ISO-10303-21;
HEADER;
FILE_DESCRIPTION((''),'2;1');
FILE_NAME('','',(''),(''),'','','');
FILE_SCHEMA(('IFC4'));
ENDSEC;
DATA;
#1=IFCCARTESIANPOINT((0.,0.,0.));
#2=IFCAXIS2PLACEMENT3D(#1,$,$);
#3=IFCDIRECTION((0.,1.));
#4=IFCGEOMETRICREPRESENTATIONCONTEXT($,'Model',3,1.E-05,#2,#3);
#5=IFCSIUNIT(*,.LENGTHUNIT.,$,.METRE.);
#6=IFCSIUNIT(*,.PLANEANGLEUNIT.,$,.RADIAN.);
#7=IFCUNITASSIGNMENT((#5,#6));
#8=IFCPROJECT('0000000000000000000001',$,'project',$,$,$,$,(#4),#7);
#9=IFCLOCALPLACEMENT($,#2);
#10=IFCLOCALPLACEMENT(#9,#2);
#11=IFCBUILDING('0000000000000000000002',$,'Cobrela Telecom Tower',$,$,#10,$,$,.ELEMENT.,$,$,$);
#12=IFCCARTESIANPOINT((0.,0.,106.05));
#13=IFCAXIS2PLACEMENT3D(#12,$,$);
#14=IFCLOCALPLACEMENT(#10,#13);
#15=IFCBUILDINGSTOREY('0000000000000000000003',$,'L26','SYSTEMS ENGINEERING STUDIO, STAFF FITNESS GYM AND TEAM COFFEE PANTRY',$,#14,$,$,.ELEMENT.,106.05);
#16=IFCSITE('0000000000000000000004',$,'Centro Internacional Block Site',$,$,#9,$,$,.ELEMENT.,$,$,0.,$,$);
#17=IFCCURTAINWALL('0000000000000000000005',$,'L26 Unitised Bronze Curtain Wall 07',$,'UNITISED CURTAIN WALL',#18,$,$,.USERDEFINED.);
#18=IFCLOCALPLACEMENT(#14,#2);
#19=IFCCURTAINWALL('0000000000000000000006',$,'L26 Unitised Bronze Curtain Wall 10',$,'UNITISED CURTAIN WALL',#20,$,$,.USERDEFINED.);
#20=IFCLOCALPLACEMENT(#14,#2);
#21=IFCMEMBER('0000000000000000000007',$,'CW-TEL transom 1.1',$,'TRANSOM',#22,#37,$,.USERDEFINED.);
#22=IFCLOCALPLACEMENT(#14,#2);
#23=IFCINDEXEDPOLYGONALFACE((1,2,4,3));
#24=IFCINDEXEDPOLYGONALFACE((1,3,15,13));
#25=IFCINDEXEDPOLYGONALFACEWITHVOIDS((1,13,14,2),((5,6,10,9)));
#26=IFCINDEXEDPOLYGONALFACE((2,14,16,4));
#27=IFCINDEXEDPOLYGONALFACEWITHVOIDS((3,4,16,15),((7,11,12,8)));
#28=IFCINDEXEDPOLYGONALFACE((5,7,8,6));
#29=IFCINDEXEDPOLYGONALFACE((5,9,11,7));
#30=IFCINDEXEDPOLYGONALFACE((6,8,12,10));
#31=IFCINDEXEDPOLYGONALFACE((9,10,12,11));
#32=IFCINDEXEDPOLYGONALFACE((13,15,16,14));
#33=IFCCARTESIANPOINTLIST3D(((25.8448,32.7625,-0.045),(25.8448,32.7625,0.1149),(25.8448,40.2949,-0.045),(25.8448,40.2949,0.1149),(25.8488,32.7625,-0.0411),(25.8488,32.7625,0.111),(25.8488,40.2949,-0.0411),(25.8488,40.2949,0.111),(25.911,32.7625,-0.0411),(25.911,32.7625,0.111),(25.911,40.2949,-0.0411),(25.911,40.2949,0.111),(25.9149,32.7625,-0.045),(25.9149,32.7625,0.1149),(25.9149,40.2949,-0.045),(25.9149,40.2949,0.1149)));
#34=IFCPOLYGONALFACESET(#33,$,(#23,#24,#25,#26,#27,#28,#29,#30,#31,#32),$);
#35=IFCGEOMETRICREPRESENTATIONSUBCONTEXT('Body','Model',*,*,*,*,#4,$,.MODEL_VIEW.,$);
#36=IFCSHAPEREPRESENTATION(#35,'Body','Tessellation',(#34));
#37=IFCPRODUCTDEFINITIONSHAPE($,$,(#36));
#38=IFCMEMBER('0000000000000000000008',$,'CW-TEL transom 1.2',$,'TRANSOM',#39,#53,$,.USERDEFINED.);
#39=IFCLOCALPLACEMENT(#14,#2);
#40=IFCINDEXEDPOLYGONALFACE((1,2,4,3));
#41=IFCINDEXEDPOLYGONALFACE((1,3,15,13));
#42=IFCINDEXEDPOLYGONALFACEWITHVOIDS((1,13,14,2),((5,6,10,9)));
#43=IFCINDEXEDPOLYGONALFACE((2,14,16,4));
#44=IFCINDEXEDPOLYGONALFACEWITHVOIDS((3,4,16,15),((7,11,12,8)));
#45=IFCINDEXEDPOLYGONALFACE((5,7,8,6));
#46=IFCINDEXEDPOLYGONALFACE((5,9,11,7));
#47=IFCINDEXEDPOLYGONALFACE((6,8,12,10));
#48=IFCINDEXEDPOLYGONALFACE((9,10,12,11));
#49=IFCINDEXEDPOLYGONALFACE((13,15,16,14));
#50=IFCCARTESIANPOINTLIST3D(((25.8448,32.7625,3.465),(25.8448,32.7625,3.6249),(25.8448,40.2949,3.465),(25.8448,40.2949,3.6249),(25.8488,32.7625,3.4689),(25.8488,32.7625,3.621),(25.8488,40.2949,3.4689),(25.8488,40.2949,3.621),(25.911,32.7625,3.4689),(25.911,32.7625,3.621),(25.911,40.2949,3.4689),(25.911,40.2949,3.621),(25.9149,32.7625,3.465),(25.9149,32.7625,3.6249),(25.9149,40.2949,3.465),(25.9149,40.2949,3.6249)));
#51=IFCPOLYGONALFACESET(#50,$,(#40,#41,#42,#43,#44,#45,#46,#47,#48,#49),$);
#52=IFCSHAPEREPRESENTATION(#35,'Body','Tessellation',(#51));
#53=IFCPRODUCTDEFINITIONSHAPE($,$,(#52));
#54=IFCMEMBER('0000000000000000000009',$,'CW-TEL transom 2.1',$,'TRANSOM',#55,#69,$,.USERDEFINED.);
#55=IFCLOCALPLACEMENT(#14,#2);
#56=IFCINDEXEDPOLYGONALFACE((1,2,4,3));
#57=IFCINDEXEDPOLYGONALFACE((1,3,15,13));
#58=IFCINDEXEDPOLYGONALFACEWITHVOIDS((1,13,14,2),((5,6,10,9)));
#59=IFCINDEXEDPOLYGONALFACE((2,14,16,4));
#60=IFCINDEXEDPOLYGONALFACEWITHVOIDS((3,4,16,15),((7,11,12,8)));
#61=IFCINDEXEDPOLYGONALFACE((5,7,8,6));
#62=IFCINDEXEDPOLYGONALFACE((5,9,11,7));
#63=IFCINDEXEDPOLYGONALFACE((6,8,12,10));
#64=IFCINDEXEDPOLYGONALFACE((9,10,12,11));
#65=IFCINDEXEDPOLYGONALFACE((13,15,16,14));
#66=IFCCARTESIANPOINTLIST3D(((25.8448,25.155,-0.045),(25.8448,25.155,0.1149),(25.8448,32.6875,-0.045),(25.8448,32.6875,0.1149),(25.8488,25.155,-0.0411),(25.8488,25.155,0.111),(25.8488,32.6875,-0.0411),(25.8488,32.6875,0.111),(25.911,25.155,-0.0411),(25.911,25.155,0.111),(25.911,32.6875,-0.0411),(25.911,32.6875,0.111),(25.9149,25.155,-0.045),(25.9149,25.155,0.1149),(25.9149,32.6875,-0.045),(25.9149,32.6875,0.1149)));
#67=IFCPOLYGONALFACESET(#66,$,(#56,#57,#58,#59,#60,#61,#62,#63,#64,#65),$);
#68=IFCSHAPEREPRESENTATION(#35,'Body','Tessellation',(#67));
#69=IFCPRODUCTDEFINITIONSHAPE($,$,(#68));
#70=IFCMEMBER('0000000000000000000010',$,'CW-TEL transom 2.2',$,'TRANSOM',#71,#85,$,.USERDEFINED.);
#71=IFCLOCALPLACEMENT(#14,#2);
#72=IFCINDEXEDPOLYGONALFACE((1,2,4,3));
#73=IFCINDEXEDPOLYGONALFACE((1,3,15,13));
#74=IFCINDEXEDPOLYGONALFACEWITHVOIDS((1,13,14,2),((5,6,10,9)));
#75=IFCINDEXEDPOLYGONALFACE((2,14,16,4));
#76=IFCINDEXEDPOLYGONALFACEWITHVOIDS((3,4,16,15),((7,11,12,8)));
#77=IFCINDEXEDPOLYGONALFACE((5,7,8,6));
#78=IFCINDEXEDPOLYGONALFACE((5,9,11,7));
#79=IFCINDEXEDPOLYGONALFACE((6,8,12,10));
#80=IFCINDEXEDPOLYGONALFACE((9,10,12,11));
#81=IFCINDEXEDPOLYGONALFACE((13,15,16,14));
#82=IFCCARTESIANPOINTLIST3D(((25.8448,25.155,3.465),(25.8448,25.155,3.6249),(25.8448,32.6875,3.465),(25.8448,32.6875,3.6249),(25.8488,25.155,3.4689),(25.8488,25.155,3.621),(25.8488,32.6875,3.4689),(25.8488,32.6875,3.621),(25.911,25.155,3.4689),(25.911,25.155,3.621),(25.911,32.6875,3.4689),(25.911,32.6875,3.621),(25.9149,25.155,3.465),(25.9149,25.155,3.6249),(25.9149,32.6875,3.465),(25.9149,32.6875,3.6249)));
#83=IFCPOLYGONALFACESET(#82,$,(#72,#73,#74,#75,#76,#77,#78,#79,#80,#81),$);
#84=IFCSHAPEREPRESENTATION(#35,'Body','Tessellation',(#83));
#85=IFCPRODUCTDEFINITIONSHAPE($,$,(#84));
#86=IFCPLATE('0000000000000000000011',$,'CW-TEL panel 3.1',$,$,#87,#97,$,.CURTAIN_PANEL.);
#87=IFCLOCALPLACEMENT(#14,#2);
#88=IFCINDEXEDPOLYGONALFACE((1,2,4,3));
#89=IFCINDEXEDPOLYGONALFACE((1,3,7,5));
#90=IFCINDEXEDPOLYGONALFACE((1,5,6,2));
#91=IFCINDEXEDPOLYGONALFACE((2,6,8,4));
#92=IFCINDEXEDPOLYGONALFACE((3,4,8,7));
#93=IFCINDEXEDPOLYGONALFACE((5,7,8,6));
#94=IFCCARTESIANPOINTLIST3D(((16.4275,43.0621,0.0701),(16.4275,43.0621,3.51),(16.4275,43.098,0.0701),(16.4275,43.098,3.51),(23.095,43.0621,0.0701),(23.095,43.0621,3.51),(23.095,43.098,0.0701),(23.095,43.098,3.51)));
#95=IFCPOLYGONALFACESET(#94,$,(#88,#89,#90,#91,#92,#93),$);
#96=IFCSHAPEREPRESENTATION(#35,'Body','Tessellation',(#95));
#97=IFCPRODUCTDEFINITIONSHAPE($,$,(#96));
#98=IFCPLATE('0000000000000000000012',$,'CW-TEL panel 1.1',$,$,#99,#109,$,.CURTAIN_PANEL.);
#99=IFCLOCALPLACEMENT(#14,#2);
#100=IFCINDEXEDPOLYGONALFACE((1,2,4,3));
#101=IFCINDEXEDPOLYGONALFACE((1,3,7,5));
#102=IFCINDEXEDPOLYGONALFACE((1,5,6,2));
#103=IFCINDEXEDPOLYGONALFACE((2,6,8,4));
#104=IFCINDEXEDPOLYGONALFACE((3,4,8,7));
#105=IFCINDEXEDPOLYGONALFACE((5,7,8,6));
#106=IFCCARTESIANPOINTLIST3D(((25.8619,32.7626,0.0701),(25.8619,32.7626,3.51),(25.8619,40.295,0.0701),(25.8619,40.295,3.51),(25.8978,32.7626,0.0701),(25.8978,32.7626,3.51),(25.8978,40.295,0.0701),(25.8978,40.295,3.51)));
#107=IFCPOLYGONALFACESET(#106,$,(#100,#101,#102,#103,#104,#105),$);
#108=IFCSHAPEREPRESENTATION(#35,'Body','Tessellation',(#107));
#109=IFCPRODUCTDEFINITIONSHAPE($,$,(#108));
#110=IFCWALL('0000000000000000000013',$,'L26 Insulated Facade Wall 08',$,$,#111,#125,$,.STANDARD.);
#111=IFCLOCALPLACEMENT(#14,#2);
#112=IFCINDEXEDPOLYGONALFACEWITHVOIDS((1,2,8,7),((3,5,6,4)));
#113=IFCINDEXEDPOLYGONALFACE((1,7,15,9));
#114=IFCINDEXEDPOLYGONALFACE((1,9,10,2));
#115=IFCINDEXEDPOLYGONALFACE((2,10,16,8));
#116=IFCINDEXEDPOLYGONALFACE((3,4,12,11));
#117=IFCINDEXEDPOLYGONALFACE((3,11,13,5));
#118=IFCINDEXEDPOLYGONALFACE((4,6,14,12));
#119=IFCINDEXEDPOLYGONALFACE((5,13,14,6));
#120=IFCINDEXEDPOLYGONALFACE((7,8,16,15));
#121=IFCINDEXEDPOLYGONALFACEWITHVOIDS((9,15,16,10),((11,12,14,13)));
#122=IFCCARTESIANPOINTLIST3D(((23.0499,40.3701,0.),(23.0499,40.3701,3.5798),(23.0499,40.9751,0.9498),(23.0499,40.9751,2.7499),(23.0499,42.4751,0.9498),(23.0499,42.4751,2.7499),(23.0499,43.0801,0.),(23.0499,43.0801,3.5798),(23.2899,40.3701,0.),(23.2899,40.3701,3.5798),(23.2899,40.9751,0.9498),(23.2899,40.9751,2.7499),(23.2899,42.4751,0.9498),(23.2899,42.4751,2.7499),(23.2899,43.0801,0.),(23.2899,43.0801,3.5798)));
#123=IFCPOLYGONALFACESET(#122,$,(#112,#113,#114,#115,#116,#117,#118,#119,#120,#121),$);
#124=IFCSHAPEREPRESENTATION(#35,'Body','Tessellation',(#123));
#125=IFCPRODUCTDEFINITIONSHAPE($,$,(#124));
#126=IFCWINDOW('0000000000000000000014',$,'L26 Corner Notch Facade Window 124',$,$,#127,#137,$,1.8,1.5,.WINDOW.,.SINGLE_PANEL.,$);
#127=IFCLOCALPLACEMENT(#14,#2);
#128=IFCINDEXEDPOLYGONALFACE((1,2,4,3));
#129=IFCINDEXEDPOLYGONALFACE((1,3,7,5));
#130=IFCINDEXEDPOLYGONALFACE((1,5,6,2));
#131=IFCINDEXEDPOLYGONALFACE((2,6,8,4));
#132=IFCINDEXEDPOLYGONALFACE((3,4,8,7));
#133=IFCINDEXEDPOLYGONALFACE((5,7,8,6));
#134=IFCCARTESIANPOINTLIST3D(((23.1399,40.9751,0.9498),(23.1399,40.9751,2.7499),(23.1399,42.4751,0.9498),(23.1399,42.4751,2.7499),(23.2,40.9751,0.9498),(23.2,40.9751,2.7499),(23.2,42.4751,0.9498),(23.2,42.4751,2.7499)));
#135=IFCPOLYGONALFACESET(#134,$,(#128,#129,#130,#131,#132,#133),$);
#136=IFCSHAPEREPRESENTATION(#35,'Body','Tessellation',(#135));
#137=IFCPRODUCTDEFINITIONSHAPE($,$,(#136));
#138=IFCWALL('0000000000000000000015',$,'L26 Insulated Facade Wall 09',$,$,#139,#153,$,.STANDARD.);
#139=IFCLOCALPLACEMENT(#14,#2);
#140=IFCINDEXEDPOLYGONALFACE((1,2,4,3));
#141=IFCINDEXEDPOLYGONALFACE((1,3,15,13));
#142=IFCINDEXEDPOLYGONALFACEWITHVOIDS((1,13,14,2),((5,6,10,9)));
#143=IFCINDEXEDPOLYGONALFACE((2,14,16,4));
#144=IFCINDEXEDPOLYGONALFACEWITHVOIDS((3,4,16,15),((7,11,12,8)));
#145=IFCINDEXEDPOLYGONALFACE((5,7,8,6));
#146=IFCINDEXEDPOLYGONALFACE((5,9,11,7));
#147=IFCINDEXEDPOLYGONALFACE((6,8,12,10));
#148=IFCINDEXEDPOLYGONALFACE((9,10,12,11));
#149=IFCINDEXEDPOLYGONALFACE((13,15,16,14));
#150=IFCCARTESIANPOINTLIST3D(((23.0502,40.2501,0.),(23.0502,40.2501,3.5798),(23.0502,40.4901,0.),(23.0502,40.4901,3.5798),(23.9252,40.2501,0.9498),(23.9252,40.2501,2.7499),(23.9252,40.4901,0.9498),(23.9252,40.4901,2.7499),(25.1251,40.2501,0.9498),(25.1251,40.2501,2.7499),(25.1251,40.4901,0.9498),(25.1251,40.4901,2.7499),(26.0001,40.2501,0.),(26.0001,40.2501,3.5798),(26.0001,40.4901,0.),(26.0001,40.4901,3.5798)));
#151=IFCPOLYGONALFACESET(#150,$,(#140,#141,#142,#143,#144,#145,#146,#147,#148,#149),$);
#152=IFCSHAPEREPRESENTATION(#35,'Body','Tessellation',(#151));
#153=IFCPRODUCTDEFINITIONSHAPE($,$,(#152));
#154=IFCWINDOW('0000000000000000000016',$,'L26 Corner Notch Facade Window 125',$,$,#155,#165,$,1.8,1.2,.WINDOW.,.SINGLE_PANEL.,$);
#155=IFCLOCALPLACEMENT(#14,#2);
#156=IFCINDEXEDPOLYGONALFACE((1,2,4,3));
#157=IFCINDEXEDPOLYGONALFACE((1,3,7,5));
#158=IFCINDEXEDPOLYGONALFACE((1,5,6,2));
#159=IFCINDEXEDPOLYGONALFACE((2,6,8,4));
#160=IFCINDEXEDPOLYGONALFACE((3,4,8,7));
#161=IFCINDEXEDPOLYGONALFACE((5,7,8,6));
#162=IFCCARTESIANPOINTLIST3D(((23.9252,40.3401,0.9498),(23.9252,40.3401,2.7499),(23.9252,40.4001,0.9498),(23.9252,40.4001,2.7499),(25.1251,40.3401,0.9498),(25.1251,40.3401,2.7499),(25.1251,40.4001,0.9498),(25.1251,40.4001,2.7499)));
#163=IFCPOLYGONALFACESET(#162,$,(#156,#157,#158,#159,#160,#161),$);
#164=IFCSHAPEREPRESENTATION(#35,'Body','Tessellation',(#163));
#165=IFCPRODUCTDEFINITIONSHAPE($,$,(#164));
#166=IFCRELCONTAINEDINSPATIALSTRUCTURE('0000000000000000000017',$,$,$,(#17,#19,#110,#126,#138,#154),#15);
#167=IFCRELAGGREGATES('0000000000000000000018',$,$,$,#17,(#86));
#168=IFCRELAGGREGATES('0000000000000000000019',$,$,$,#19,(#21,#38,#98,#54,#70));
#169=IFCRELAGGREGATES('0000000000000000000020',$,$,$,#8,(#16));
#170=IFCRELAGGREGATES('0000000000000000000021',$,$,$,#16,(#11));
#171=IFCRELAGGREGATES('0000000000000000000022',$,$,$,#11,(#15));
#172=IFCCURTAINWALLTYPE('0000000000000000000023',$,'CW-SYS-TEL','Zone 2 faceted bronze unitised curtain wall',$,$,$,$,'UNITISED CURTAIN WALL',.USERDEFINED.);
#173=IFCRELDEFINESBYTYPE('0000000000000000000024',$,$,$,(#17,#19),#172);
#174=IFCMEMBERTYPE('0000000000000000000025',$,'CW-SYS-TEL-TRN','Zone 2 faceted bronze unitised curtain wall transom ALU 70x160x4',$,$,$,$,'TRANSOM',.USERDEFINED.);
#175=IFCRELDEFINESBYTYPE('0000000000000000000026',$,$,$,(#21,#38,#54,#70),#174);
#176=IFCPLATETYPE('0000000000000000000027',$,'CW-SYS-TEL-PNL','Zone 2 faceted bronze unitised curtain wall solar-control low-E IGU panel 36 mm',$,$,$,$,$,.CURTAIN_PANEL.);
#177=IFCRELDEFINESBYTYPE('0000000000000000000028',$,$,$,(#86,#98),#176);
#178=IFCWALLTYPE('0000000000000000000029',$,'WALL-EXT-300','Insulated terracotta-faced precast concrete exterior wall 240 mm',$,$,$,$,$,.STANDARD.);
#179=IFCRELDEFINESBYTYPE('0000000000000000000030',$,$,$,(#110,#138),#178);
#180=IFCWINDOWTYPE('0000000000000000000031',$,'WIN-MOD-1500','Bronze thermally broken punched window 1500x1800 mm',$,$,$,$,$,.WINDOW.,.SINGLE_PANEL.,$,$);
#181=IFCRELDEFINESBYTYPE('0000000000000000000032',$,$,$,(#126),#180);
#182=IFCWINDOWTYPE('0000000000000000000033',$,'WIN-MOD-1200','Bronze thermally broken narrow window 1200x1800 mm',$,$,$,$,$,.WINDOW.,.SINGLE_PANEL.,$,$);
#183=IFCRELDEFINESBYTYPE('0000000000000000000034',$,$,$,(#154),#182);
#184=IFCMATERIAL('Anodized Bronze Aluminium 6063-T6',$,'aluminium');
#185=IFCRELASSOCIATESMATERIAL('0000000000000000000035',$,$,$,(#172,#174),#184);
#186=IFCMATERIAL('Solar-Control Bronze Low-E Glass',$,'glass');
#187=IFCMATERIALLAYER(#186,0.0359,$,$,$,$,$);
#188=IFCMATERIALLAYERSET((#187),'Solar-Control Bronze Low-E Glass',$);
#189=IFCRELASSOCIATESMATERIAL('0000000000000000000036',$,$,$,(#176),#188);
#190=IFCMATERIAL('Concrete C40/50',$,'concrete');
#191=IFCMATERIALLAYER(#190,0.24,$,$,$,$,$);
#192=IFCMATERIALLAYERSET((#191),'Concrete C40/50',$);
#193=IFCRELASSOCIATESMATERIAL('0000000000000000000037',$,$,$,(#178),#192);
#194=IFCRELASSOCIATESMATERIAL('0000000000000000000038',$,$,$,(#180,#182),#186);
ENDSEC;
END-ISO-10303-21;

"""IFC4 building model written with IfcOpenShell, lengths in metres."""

from ifc_helpers import new_model, si_unit, direction, frame, frame_2d, origin, origin_2d, place, context, subcontext, project, spatial, rectangle, hollow_rectangle, extrude, material, layer, layer_set, material_profile, profile_set, type_object, element, fill, aggregate, save


model = new_model("IFC4")

# Units and contexts
model_context = context("Model", 3, precision=1e-05, world=origin(), true_north=direction((0.0, 1.0)))
body_context = subcontext(model_context, "Body", "Model", "MODEL_VIEW")
ifc_project = project(units=[si_unit("LENGTHUNIT", "METRE"), si_unit("PLANEANGLEUNIT", "RADIAN")], contexts=[model_context])

# Site, building, storey
site_placement = place(None, origin())
site = spatial("IfcSite", under=ifc_project, at=site_placement, Name="Centro Internacional Block Site", CompositionType="ELEMENT", RefElevation=0.0)
building_placement = place(site_placement, origin())
building = spatial("IfcBuilding", under=site, at=building_placement, Name="Cobrela Telecom Tower", CompositionType="ELEMENT")
storey_placement = place(building_placement, frame((0.0, 0.0, 106.05)))
storey = spatial("IfcBuildingStorey", under=building, at=storey_placement, Name="L26", Description="SYSTEMS ENGINEERING STUDIO, STAFF FITNESS GYM AND TEAM COFFEE PANTRY", CompositionType="ELEMENT", Elevation=106.05)

# Curtain wall
ifc_material_1 = material(Name="Anodized Bronze Aluminium 6063-T6", Category="aluminium")
curtain_wall_type = type_object("IfcCurtainWallType", Name="CW-SYS-TEL", Description="Zone 2 faceted bronze unitised curtain wall", ElementType="UNITISED CURTAIN WALL", PredefinedType="USERDEFINED", material=ifc_material_1)
curtain_wall_1_placement = place(storey_placement, origin())
curtain_wall_1 = element("IfcCurtainWall", 1, at=curtain_wall_1_placement, inside=storey, type_object=curtain_wall_type, Name="L26 Unitised Bronze Curtain Wall 07", ObjectType="UNITISED CURTAIN WALL", PredefinedType="USERDEFINED")

# Curtain wall, members
curtain_wall_2_placement = place(storey_placement, origin())
curtain_wall_2 = element("IfcCurtainWall", 2, at=curtain_wall_2_placement, inside=storey, type_object=curtain_wall_type, Name="L26 Unitised Bronze Curtain Wall 10", ObjectType="UNITISED CURTAIN WALL", PredefinedType="USERDEFINED")
ifc_material_profile_1 = material_profile(ifc_material_1, hollow_rectangle(XDim=0.0701, YDim=0.1599, WallThickness=0.0039, at=origin_2d()), Name="ALU 70x160x4")
ifc_profile_set_1 = profile_set([ifc_material_profile_1], Name="Anodized Bronze Aluminium 6063-T6")
member_type_1 = type_object("IfcMemberType", Name="CW-SYS-TEL-TRN", Description="Zone 2 faceted bronze unitised curtain wall transom ALU 70x160x4", ElementType="TRANSOM", PredefinedType="USERDEFINED", material=ifc_profile_set_1)
member_1_placement = place(storey_placement, frame((25.8799, 40.2949, 0.0349), z_axis=(0.0, -1.0, 0.0), x_axis=(1.0, 0.0, 0.0)))
member_1 = element("IfcMember", 3, at=member_1_placement, type_object=member_type_1, Name="CW-TEL transom 1.1", ObjectType="TRANSOM", PredefinedType="USERDEFINED", context=body_context, shape_type="SweptSolid", body=[
    extrude(hollow_rectangle(XDim=0.0701, YDim=0.1599, WallThickness=0.0039, at=origin_2d()), origin(), (0.0, 0.0, 1.0), 7.5325),
])
member_2_placement = place(storey_placement, frame((25.8799, 40.2949, 3.5449), z_axis=(0.0, -1.0, 0.0), x_axis=(1.0, 0.0, 0.0)))
member_2 = element("IfcMember", 4, at=member_2_placement, type_object=member_type_1, Name="CW-TEL transom 1.2", ObjectType="TRANSOM", PredefinedType="USERDEFINED", context=body_context, shape_type="SweptSolid", body=[
    extrude(hollow_rectangle(XDim=0.0701, YDim=0.1599, WallThickness=0.0039, at=origin_2d()), origin(), (0.0, 0.0, 1.0), 7.5325),
])
member_3_placement = place(storey_placement, frame((25.8799, 32.6875, 0.0349), z_axis=(0.0, -1.0, 0.0), x_axis=(1.0, 0.0, 0.0)))
member_3 = element("IfcMember", 5, at=member_3_placement, type_object=member_type_1, Name="CW-TEL transom 2.1", ObjectType="TRANSOM", PredefinedType="USERDEFINED", context=body_context, shape_type="SweptSolid", body=[
    extrude(hollow_rectangle(XDim=0.0701, YDim=0.1599, WallThickness=0.0039, at=origin_2d()), origin(), (0.0, 0.0, 1.0), 7.5325),
])
member_4_placement = place(storey_placement, frame((25.8799, 32.6875, 3.5449), z_axis=(0.0, -1.0, 0.0), x_axis=(1.0, 0.0, 0.0)))
member_4 = element("IfcMember", 6, at=member_4_placement, type_object=member_type_1, Name="CW-TEL transom 2.2", ObjectType="TRANSOM", PredefinedType="USERDEFINED", context=body_context, shape_type="SweptSolid", body=[
    extrude(hollow_rectangle(XDim=0.0701, YDim=0.1599, WallThickness=0.0039, at=origin_2d()), origin(), (0.0, 0.0, 1.0), 7.5325),
])

# Plates
ifc_material_2 = material(Name="Solar-Control Bronze Low-E Glass", Category="glass")
ifc_layer_1 = layer(ifc_material_2, 0.0359)
ifc_layer_set_1 = layer_set([ifc_layer_1], Name="Solar-Control Bronze Low-E Glass")
plate_type = type_object("IfcPlateType", Name="CW-SYS-TEL-PNL", Description="Zone 2 faceted bronze unitised curtain wall solar-control low-E IGU panel 36 mm", PredefinedType="CURTAIN_PANEL", material=ifc_layer_set_1)
plate_1_placement = place(storey_placement, frame((19.7612, 43.0801, 0.0701), z_axis=(0.0, 0.0, 1.0), x_axis=(1.0, 0.0, 0.0)))
plate_1 = element("IfcPlate", 7, at=plate_1_placement, type_object=plate_type, Name="CW-TEL panel 3.1", PredefinedType="CURTAIN_PANEL", context=body_context, shape_type="SweptSolid", body=[
    extrude(rectangle(XDim=6.6675, YDim=0.0359, at=origin_2d()), origin(), (0.0, 0.0, 1.0), 3.4399),
])
aggregate(curtain_wall_1, [plate_1])
plate_2_placement = place(storey_placement, frame((25.8799, 36.5288, 0.0701), z_axis=(0.0, 0.0, 1.0), x_axis=(0.0, -1.0, 0.0)))
plate_2 = element("IfcPlate", 8, at=plate_2_placement, type_object=plate_type, Name="CW-TEL panel 1.1", PredefinedType="CURTAIN_PANEL", context=body_context, shape_type="SweptSolid", body=[
    extrude(rectangle(XDim=7.5325, YDim=0.0359, at=origin_2d()), origin(), (0.0, 0.0, 1.0), 3.4399),
])
aggregate(curtain_wall_2, [member_1, member_2, plate_2, member_3, member_4])

# Walls, openings, windows
ifc_material_3 = material(Name="Concrete C40/50", Category="concrete")
ifc_layer_2 = layer(ifc_material_3, 0.24)
ifc_layer_set_2 = layer_set([ifc_layer_2], Name="Concrete C40/50")
wall_type = type_object("IfcWallType", Name="WALL-EXT-300", Description="Insulated terracotta-faced precast concrete exterior wall 240 mm", PredefinedType="STANDARD", material=ifc_layer_set_2)
wall_1_placement = place(storey_placement, frame((23.1699, 43.0801, 0.0), z_axis=(0.0, 0.0, 1.0), x_axis=(0.0, -1.0, 0.0)))
wall_1 = element("IfcWall", 9, at=wall_1_placement, inside=storey, type_object=wall_type, Name="L26 Insulated Facade Wall 08", PredefinedType="STANDARD", context=body_context, shape_type="SweptSolid", body=[
    extrude(rectangle(XDim=2.71, YDim=0.24, at=frame_2d((1.355, 0.0))), origin(), (0.0, 0.0, 1.0), 3.5798),
])
opening_1_placement = place(wall_1_placement, frame((0.605, 0.0, 0.95)))
opening_1 = element("IfcOpeningElement", 10, at=opening_1_placement, cuts=wall_1, PredefinedType="OPENING", context=body_context, shape_type="SweptSolid", body=[
    extrude(rectangle(XDim=1.5, YDim=1.8, at=frame_2d((0.75, 0.8999))), frame((0.0, 0.1318, 0.0), z_axis=(0.0, -1.0, 0.0), x_axis=(1.0, 0.0, 0.0)), (0.0, 0.0, 1.0), 0.2639),
])
window_type_1 = type_object("IfcWindowType", Name="WIN-MOD-1500", Description="Bronze thermally broken punched window 1500x1800 mm", PartitioningType="SINGLE_PANEL", PredefinedType="WINDOW", material=ifc_material_2)
window_1_placement = place(opening_1_placement, origin())
window_1 = element("IfcWindow", 11, at=window_1_placement, inside=storey, type_object=window_type_1, Name="L26 Corner Notch Facade Window 124", OverallHeight=1.8, OverallWidth=1.5, PartitioningType="SINGLE_PANEL", PredefinedType="WINDOW", context=body_context, shape_type="SweptSolid", body=[
    extrude(rectangle(XDim=1.5, YDim=1.8, at=frame_2d((0.75, 0.8999))), frame((0.0, 0.03, 0.0), z_axis=(0.0, -1.0, 0.0), x_axis=(1.0, 0.0, 0.0)), (0.0, 0.0, 1.0), 0.0601),
])
fill(opening_1, window_1)
wall_2_placement = place(storey_placement, frame((23.05, 40.3701, 0.0), z_axis=(0.0, 0.0, 1.0), x_axis=(1.0, 0.0, 0.0)))
wall_2 = element("IfcWall", 12, at=wall_2_placement, inside=storey, type_object=wall_type, Name="L26 Insulated Facade Wall 09", PredefinedType="STANDARD", context=body_context, shape_type="SweptSolid", body=[
    extrude(rectangle(XDim=2.95, YDim=0.24, at=frame_2d((1.4751, 0.0))), origin(), (0.0, 0.0, 1.0), 3.5798),
])
opening_2_placement = place(wall_2_placement, frame((0.875, 0.0, 0.95)))
opening_2 = element("IfcOpeningElement", 13, at=opening_2_placement, cuts=wall_2, PredefinedType="OPENING", context=body_context, shape_type="SweptSolid", body=[
    extrude(rectangle(XDim=1.2, YDim=1.8, at=frame_2d((0.6001, 0.8999))), frame((0.0, 0.1318, 0.0), z_axis=(0.0, -1.0, 0.0), x_axis=(1.0, 0.0, 0.0)), (0.0, 0.0, 1.0), 0.2639),
])
window_type_2 = type_object("IfcWindowType", Name="WIN-MOD-1200", Description="Bronze thermally broken narrow window 1200x1800 mm", PartitioningType="SINGLE_PANEL", PredefinedType="WINDOW", material=ifc_material_2)
window_2_placement = place(opening_2_placement, origin())
window_2 = element("IfcWindow", 14, at=window_2_placement, inside=storey, type_object=window_type_2, Name="L26 Corner Notch Facade Window 125", OverallHeight=1.8, OverallWidth=1.2, PartitioningType="SINGLE_PANEL", PredefinedType="WINDOW", context=body_context, shape_type="SweptSolid", body=[
    extrude(rectangle(XDim=1.2, YDim=1.8, at=frame_2d((0.6001, 0.8999))), frame((0.0, 0.03, 0.0), z_axis=(0.0, -1.0, 0.0), x_axis=(1.0, 0.0, 0.0)), (0.0, 0.0, 1.0), 0.0601),
])
fill(opening_2, window_2)

save(model, "model.ifc")
